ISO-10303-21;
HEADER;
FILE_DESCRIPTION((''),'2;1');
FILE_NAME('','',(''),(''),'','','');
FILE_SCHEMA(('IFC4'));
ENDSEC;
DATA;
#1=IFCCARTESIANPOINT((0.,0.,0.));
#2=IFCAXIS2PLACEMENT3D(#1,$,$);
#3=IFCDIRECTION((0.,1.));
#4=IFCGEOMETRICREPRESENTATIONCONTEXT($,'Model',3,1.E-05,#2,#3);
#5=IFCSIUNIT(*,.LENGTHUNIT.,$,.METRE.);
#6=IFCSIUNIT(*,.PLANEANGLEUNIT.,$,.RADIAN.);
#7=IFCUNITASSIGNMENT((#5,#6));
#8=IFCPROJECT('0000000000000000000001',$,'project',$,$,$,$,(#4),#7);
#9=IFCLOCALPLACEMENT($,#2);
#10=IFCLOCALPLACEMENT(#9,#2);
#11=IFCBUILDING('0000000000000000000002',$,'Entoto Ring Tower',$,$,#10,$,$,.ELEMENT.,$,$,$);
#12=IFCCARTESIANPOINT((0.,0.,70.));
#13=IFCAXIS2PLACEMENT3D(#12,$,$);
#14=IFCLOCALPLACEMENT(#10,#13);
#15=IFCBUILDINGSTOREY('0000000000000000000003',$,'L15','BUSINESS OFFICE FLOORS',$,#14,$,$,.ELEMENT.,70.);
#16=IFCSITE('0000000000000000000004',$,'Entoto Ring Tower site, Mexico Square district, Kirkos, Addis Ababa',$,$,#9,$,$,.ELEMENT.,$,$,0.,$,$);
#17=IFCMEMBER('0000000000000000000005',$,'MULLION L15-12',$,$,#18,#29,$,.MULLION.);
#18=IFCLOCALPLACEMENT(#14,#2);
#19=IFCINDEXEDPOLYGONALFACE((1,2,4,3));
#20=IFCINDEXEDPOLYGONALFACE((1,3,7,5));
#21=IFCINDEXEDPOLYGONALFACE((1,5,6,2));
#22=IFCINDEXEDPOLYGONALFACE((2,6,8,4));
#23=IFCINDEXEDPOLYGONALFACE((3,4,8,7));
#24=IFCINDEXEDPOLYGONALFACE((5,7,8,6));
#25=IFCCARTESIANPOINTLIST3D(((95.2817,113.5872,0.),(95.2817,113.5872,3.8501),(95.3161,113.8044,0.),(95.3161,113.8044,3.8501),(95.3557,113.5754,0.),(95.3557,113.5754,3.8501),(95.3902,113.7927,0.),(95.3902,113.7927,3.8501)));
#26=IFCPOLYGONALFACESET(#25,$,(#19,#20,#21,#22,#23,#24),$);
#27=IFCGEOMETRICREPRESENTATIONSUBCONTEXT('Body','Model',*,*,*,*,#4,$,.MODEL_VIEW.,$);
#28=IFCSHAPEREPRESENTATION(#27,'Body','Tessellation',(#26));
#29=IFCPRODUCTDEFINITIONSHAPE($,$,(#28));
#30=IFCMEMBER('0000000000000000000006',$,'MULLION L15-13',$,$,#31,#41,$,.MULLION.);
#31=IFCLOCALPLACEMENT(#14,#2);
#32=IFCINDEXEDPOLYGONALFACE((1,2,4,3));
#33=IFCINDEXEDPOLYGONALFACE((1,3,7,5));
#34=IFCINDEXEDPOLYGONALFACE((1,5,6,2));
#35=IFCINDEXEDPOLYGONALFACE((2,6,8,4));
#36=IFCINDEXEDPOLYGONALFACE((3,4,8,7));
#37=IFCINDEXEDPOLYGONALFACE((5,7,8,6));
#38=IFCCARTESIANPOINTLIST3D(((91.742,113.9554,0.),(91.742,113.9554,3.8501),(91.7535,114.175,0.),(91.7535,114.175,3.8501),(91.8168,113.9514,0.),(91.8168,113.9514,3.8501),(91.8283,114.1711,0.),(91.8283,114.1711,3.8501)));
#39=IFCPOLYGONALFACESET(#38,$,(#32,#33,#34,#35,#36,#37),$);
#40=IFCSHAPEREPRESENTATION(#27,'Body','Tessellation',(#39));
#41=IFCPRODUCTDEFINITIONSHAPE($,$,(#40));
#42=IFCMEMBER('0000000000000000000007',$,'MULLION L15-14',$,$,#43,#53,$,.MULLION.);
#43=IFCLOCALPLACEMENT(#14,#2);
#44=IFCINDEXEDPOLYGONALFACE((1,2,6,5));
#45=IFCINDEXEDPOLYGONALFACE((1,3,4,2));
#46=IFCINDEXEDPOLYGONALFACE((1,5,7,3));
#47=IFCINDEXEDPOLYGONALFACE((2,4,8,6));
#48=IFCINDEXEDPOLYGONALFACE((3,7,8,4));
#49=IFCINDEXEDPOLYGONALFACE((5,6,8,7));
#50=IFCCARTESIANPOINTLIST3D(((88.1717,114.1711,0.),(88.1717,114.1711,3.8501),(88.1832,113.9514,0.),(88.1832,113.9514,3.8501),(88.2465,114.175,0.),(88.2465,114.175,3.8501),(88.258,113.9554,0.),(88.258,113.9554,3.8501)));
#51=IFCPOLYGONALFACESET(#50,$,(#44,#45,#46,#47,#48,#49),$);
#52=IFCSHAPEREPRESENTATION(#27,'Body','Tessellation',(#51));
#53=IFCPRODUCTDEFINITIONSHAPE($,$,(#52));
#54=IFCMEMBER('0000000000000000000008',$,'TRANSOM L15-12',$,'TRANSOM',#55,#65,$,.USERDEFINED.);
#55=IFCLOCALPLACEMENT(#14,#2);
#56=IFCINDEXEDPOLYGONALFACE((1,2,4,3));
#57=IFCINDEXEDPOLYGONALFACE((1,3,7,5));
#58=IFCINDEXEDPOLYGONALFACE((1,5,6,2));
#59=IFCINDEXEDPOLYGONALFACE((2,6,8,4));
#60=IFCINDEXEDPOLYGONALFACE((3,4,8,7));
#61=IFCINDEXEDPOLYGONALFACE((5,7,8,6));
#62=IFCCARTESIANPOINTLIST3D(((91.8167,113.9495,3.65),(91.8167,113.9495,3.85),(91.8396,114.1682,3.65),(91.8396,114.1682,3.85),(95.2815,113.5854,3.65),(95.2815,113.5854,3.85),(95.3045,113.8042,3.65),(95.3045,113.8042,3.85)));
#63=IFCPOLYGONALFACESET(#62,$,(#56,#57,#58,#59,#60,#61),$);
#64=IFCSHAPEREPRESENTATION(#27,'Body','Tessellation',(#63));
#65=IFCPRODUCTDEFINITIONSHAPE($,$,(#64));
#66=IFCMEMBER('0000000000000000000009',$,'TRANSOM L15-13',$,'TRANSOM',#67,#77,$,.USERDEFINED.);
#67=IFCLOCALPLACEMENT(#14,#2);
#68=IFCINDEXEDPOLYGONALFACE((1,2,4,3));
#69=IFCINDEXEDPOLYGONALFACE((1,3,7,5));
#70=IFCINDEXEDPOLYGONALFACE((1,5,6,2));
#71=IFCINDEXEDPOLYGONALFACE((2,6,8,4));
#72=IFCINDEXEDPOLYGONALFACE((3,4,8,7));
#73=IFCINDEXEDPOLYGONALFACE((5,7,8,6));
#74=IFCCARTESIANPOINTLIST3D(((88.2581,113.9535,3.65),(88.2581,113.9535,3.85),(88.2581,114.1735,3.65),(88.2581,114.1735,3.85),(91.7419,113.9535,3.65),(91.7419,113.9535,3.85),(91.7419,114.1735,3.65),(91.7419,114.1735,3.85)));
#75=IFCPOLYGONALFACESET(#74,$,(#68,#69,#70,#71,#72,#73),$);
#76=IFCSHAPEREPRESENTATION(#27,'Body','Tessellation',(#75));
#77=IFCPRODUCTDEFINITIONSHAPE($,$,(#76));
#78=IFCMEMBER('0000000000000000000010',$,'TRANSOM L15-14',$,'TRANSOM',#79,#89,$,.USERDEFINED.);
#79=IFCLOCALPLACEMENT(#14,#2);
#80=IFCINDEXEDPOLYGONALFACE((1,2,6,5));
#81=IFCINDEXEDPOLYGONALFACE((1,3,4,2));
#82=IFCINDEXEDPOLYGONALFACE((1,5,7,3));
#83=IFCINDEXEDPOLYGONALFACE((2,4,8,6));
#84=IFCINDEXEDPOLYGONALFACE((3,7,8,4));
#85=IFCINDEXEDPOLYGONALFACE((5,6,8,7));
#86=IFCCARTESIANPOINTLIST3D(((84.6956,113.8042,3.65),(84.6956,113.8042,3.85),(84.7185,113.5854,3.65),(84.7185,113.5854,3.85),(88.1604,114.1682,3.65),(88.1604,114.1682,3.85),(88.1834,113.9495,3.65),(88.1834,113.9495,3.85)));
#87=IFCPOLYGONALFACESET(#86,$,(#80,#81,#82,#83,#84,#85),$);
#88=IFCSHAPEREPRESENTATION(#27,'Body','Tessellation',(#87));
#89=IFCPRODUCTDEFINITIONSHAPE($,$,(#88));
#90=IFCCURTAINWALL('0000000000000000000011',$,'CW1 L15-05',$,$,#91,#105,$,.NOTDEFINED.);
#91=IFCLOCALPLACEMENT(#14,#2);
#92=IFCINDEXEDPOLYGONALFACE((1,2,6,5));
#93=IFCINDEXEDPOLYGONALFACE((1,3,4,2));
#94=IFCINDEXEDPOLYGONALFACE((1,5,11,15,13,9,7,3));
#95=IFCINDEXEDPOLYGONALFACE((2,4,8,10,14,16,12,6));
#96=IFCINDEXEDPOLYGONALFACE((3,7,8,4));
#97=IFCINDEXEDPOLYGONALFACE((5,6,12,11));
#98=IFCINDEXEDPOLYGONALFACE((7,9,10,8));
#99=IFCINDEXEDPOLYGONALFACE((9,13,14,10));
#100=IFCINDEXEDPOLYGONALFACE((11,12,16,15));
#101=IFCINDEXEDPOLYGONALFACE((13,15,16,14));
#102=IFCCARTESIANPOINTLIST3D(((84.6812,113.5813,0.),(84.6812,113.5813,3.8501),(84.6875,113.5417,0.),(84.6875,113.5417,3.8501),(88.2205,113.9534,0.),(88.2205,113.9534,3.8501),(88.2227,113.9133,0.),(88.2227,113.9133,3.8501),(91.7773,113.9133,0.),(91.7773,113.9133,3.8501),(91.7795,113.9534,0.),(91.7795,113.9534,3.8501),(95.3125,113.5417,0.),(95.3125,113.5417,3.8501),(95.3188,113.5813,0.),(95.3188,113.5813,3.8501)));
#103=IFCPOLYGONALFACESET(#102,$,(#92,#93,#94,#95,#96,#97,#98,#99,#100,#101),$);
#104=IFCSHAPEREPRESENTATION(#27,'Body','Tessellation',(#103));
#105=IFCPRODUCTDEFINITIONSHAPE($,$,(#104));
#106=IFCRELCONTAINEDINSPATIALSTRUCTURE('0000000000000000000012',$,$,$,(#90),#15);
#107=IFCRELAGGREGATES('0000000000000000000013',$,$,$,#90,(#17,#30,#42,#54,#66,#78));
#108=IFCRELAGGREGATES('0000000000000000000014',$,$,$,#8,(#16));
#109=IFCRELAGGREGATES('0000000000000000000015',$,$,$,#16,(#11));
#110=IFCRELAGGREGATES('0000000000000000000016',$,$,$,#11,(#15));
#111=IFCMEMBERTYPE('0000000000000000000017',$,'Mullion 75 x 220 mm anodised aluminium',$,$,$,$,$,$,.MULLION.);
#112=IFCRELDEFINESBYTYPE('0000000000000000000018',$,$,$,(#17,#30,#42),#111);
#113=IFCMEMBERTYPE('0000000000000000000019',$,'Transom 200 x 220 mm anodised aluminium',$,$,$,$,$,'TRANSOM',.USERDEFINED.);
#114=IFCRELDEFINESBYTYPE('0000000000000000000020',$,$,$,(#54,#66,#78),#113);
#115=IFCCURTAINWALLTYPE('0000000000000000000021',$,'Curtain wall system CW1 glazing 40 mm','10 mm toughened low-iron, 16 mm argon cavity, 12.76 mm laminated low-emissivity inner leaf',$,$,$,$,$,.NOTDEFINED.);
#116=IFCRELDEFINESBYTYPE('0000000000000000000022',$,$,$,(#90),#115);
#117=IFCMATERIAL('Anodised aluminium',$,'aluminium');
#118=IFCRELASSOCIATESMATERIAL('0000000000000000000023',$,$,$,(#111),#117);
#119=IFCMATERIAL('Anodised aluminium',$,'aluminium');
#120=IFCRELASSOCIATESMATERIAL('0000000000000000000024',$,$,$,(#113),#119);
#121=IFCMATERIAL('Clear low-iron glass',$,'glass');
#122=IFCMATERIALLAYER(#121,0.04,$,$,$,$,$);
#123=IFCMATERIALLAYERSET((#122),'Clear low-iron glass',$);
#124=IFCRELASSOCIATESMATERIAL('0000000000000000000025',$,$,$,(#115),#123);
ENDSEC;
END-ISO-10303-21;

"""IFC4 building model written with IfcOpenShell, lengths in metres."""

from ifc_helpers import new_model, si_unit, direction, frame, origin, origin_2d, place, context, subcontext, project, spatial, polyline, rectangle, outline, extrude, material, layer, layer_set, material_profile, profile_set, type_object, element, aggregate, save


model = new_model("IFC4")

# Units and contexts
model_context = context("Model", 3, precision=1e-05, world=origin(), true_north=direction((0.0, 1.0)))
body_context = subcontext(model_context, "Body", "Model", "MODEL_VIEW")
ifc_project = project(units=[si_unit("LENGTHUNIT", "METRE"), si_unit("PLANEANGLEUNIT", "RADIAN")], contexts=[model_context])

# Members
ifc_material_1 = material(Name="Anodised aluminium", Category="aluminium")
ifc_material_profile_1 = material_profile(ifc_material_1, rectangle(XDim=0.075, YDim=0.22, at=origin_2d()), Name="Mullion 75 x 220 mm anodised aluminium")
ifc_profile_set_1 = profile_set([ifc_material_profile_1], Name="Anodised aluminium")
member_type_1 = type_object("IfcMemberType", Name="Mullion 75 x 220 mm anodised aluminium", PredefinedType="MULLION", material=ifc_profile_set_1)
site_placement = place(None, origin())
building_placement = place(site_placement, origin())
storey_placement = place(building_placement, frame((0.0, 0.0, 70.0)))
member_1_placement = place(storey_placement, frame((95.3359, 113.6899, 0.0), z_axis=(0.0, 0.0, 1.0), x_axis=(-0.987688, 0.156434, 0.0)))
member_1 = element("IfcMember", 1, at=member_1_placement, type_object=member_type_1, Name="MULLION L15-12", PredefinedType="MULLION", context=body_context, shape_type="SweptSolid", body=[
    extrude(rectangle(XDim=0.075, YDim=0.22, at=origin_2d()), origin(), (0.0, 0.0, 1.0), 3.8501),
])
member_2_placement = place(storey_placement, frame((91.7852, 114.0632, 0.0), z_axis=(0.0, 0.0, 1.0), x_axis=(-0.99863, 0.052336, 0.0)))
member_2 = element("IfcMember", 2, at=member_2_placement, type_object=member_type_1, Name="MULLION L15-13", PredefinedType="MULLION", context=body_context, shape_type="SweptSolid", body=[
    extrude(rectangle(XDim=0.075, YDim=0.22, at=origin_2d()), origin(), (0.0, 0.0, 1.0), 3.8501),
])
member_3_placement = place(storey_placement, frame((88.2148, 114.0632, 0.0), z_axis=(0.0, 0.0, 1.0), x_axis=(-0.99863, -0.052336, 0.0)))
member_3 = element("IfcMember", 3, at=member_3_placement, type_object=member_type_1, Name="MULLION L15-14", PredefinedType="MULLION", context=body_context, shape_type="SweptSolid", body=[
    extrude(rectangle(XDim=0.075, YDim=0.22, at=origin_2d()), origin(), (0.0, 0.0, 1.0), 3.8501),
])
ifc_material_2 = material(Name="Anodised aluminium", Category="aluminium")
ifc_material_profile_2 = material_profile(ifc_material_2, rectangle(XDim=0.22, YDim=0.2, at=origin_2d()), Name="Transom 200 x 220 mm anodised aluminium")
ifc_profile_set_2 = profile_set([ifc_material_profile_2], Name="Anodised aluminium")
member_type_2 = type_object("IfcMemberType", Name="Transom 200 x 220 mm anodised aluminium", ElementType="TRANSOM", PredefinedType="USERDEFINED", material=ifc_profile_set_2)
member_4_placement = place(storey_placement, frame((95.293, 113.6948, 3.75), z_axis=(-0.994527, 0.104484, 0.0), x_axis=(-0.104484, -0.994527, 0.0)))
member_4 = element("IfcMember", 4, at=member_4_placement, type_object=member_type_2, Name="TRANSOM L15-12", ObjectType="TRANSOM", PredefinedType="USERDEFINED", context=body_context, shape_type="SweptSolid", body=[
    extrude(rectangle(XDim=0.22, YDim=0.2, at=origin_2d()), origin(), (0.0, 0.0, 1.0), 3.4839),
])
member_5_placement = place(storey_placement, frame((91.7419, 114.0635, 3.75), z_axis=(-1.0, 0.0, 0.0), x_axis=(0.0, -1.0, 0.0)))
member_5 = element("IfcMember", 5, at=member_5_placement, type_object=member_type_2, Name="TRANSOM L15-13", ObjectType="TRANSOM", PredefinedType="USERDEFINED", context=body_context, shape_type="SweptSolid", body=[
    extrude(rectangle(XDim=0.22, YDim=0.2, at=origin_2d()), origin(), (0.0, 0.0, 1.0), 3.4839),
])
member_6_placement = place(storey_placement, frame((88.1719, 114.0588, 3.75), z_axis=(-0.994527, -0.104484, 0.0), x_axis=(0.104484, -0.994527, 0.0)))
member_6 = element("IfcMember", 6, at=member_6_placement, type_object=member_type_2, Name="TRANSOM L15-14", ObjectType="TRANSOM", PredefinedType="USERDEFINED", context=body_context, shape_type="SweptSolid", body=[
    extrude(rectangle(XDim=0.22, YDim=0.2, at=origin_2d()), origin(), (0.0, 0.0, 1.0), 3.4839),
])

# Site, building, storey
site = spatial("IfcSite", under=ifc_project, at=site_placement, Name="Entoto Ring Tower site, Mexico Square district, Kirkos, Addis Ababa", CompositionType="ELEMENT", RefElevation=0.0)
building = spatial("IfcBuilding", under=site, at=building_placement, Name="Entoto Ring Tower", CompositionType="ELEMENT")
storey = spatial("IfcBuildingStorey", under=building, at=storey_placement, Name="L15", Description="BUSINESS OFFICE FLOORS", CompositionType="ELEMENT", Elevation=70.0)

# Curtain wall
ifc_material_3 = material(Name="Clear low-iron glass", Category="glass")
ifc_layer = layer(ifc_material_3, 0.04)
ifc_layer_set = layer_set([ifc_layer], Name="Clear low-iron glass")
curtain_wall_type = type_object("IfcCurtainWallType", Name="Curtain wall system CW1 glazing 40 mm", Description="10 mm toughened low-iron, 16 mm argon cavity, 12.76 mm laminated low-emissivity inner leaf", PredefinedType="NOTDEFINED", material=ifc_layer_set)
curtain_wall_1_placement = place(storey_placement, origin())
curtain_wall_1 = element("IfcCurtainWall", 7, at=curtain_wall_1_placement, inside=storey, type_object=curtain_wall_type, Name="CW1 L15-05", PredefinedType="NOTDEFINED", context=body_context, shape_type="SweptSolid", body=[
    extrude(outline(polyline([(95.3188, 113.5813), (91.7795, 113.9534), (88.2205, 113.9534), (84.6812, 113.5813), (84.6875, 113.5417), (88.2227, 113.9133), (91.7773, 113.9133), (95.3125, 113.5417), (95.3188, 113.5813)])), origin(), (0.0, 0.0, 1.0), 3.8501),
])
aggregate(curtain_wall_1, [member_1, member_2, member_3, member_4, member_5, member_6])

save(model, "model.ifc")
